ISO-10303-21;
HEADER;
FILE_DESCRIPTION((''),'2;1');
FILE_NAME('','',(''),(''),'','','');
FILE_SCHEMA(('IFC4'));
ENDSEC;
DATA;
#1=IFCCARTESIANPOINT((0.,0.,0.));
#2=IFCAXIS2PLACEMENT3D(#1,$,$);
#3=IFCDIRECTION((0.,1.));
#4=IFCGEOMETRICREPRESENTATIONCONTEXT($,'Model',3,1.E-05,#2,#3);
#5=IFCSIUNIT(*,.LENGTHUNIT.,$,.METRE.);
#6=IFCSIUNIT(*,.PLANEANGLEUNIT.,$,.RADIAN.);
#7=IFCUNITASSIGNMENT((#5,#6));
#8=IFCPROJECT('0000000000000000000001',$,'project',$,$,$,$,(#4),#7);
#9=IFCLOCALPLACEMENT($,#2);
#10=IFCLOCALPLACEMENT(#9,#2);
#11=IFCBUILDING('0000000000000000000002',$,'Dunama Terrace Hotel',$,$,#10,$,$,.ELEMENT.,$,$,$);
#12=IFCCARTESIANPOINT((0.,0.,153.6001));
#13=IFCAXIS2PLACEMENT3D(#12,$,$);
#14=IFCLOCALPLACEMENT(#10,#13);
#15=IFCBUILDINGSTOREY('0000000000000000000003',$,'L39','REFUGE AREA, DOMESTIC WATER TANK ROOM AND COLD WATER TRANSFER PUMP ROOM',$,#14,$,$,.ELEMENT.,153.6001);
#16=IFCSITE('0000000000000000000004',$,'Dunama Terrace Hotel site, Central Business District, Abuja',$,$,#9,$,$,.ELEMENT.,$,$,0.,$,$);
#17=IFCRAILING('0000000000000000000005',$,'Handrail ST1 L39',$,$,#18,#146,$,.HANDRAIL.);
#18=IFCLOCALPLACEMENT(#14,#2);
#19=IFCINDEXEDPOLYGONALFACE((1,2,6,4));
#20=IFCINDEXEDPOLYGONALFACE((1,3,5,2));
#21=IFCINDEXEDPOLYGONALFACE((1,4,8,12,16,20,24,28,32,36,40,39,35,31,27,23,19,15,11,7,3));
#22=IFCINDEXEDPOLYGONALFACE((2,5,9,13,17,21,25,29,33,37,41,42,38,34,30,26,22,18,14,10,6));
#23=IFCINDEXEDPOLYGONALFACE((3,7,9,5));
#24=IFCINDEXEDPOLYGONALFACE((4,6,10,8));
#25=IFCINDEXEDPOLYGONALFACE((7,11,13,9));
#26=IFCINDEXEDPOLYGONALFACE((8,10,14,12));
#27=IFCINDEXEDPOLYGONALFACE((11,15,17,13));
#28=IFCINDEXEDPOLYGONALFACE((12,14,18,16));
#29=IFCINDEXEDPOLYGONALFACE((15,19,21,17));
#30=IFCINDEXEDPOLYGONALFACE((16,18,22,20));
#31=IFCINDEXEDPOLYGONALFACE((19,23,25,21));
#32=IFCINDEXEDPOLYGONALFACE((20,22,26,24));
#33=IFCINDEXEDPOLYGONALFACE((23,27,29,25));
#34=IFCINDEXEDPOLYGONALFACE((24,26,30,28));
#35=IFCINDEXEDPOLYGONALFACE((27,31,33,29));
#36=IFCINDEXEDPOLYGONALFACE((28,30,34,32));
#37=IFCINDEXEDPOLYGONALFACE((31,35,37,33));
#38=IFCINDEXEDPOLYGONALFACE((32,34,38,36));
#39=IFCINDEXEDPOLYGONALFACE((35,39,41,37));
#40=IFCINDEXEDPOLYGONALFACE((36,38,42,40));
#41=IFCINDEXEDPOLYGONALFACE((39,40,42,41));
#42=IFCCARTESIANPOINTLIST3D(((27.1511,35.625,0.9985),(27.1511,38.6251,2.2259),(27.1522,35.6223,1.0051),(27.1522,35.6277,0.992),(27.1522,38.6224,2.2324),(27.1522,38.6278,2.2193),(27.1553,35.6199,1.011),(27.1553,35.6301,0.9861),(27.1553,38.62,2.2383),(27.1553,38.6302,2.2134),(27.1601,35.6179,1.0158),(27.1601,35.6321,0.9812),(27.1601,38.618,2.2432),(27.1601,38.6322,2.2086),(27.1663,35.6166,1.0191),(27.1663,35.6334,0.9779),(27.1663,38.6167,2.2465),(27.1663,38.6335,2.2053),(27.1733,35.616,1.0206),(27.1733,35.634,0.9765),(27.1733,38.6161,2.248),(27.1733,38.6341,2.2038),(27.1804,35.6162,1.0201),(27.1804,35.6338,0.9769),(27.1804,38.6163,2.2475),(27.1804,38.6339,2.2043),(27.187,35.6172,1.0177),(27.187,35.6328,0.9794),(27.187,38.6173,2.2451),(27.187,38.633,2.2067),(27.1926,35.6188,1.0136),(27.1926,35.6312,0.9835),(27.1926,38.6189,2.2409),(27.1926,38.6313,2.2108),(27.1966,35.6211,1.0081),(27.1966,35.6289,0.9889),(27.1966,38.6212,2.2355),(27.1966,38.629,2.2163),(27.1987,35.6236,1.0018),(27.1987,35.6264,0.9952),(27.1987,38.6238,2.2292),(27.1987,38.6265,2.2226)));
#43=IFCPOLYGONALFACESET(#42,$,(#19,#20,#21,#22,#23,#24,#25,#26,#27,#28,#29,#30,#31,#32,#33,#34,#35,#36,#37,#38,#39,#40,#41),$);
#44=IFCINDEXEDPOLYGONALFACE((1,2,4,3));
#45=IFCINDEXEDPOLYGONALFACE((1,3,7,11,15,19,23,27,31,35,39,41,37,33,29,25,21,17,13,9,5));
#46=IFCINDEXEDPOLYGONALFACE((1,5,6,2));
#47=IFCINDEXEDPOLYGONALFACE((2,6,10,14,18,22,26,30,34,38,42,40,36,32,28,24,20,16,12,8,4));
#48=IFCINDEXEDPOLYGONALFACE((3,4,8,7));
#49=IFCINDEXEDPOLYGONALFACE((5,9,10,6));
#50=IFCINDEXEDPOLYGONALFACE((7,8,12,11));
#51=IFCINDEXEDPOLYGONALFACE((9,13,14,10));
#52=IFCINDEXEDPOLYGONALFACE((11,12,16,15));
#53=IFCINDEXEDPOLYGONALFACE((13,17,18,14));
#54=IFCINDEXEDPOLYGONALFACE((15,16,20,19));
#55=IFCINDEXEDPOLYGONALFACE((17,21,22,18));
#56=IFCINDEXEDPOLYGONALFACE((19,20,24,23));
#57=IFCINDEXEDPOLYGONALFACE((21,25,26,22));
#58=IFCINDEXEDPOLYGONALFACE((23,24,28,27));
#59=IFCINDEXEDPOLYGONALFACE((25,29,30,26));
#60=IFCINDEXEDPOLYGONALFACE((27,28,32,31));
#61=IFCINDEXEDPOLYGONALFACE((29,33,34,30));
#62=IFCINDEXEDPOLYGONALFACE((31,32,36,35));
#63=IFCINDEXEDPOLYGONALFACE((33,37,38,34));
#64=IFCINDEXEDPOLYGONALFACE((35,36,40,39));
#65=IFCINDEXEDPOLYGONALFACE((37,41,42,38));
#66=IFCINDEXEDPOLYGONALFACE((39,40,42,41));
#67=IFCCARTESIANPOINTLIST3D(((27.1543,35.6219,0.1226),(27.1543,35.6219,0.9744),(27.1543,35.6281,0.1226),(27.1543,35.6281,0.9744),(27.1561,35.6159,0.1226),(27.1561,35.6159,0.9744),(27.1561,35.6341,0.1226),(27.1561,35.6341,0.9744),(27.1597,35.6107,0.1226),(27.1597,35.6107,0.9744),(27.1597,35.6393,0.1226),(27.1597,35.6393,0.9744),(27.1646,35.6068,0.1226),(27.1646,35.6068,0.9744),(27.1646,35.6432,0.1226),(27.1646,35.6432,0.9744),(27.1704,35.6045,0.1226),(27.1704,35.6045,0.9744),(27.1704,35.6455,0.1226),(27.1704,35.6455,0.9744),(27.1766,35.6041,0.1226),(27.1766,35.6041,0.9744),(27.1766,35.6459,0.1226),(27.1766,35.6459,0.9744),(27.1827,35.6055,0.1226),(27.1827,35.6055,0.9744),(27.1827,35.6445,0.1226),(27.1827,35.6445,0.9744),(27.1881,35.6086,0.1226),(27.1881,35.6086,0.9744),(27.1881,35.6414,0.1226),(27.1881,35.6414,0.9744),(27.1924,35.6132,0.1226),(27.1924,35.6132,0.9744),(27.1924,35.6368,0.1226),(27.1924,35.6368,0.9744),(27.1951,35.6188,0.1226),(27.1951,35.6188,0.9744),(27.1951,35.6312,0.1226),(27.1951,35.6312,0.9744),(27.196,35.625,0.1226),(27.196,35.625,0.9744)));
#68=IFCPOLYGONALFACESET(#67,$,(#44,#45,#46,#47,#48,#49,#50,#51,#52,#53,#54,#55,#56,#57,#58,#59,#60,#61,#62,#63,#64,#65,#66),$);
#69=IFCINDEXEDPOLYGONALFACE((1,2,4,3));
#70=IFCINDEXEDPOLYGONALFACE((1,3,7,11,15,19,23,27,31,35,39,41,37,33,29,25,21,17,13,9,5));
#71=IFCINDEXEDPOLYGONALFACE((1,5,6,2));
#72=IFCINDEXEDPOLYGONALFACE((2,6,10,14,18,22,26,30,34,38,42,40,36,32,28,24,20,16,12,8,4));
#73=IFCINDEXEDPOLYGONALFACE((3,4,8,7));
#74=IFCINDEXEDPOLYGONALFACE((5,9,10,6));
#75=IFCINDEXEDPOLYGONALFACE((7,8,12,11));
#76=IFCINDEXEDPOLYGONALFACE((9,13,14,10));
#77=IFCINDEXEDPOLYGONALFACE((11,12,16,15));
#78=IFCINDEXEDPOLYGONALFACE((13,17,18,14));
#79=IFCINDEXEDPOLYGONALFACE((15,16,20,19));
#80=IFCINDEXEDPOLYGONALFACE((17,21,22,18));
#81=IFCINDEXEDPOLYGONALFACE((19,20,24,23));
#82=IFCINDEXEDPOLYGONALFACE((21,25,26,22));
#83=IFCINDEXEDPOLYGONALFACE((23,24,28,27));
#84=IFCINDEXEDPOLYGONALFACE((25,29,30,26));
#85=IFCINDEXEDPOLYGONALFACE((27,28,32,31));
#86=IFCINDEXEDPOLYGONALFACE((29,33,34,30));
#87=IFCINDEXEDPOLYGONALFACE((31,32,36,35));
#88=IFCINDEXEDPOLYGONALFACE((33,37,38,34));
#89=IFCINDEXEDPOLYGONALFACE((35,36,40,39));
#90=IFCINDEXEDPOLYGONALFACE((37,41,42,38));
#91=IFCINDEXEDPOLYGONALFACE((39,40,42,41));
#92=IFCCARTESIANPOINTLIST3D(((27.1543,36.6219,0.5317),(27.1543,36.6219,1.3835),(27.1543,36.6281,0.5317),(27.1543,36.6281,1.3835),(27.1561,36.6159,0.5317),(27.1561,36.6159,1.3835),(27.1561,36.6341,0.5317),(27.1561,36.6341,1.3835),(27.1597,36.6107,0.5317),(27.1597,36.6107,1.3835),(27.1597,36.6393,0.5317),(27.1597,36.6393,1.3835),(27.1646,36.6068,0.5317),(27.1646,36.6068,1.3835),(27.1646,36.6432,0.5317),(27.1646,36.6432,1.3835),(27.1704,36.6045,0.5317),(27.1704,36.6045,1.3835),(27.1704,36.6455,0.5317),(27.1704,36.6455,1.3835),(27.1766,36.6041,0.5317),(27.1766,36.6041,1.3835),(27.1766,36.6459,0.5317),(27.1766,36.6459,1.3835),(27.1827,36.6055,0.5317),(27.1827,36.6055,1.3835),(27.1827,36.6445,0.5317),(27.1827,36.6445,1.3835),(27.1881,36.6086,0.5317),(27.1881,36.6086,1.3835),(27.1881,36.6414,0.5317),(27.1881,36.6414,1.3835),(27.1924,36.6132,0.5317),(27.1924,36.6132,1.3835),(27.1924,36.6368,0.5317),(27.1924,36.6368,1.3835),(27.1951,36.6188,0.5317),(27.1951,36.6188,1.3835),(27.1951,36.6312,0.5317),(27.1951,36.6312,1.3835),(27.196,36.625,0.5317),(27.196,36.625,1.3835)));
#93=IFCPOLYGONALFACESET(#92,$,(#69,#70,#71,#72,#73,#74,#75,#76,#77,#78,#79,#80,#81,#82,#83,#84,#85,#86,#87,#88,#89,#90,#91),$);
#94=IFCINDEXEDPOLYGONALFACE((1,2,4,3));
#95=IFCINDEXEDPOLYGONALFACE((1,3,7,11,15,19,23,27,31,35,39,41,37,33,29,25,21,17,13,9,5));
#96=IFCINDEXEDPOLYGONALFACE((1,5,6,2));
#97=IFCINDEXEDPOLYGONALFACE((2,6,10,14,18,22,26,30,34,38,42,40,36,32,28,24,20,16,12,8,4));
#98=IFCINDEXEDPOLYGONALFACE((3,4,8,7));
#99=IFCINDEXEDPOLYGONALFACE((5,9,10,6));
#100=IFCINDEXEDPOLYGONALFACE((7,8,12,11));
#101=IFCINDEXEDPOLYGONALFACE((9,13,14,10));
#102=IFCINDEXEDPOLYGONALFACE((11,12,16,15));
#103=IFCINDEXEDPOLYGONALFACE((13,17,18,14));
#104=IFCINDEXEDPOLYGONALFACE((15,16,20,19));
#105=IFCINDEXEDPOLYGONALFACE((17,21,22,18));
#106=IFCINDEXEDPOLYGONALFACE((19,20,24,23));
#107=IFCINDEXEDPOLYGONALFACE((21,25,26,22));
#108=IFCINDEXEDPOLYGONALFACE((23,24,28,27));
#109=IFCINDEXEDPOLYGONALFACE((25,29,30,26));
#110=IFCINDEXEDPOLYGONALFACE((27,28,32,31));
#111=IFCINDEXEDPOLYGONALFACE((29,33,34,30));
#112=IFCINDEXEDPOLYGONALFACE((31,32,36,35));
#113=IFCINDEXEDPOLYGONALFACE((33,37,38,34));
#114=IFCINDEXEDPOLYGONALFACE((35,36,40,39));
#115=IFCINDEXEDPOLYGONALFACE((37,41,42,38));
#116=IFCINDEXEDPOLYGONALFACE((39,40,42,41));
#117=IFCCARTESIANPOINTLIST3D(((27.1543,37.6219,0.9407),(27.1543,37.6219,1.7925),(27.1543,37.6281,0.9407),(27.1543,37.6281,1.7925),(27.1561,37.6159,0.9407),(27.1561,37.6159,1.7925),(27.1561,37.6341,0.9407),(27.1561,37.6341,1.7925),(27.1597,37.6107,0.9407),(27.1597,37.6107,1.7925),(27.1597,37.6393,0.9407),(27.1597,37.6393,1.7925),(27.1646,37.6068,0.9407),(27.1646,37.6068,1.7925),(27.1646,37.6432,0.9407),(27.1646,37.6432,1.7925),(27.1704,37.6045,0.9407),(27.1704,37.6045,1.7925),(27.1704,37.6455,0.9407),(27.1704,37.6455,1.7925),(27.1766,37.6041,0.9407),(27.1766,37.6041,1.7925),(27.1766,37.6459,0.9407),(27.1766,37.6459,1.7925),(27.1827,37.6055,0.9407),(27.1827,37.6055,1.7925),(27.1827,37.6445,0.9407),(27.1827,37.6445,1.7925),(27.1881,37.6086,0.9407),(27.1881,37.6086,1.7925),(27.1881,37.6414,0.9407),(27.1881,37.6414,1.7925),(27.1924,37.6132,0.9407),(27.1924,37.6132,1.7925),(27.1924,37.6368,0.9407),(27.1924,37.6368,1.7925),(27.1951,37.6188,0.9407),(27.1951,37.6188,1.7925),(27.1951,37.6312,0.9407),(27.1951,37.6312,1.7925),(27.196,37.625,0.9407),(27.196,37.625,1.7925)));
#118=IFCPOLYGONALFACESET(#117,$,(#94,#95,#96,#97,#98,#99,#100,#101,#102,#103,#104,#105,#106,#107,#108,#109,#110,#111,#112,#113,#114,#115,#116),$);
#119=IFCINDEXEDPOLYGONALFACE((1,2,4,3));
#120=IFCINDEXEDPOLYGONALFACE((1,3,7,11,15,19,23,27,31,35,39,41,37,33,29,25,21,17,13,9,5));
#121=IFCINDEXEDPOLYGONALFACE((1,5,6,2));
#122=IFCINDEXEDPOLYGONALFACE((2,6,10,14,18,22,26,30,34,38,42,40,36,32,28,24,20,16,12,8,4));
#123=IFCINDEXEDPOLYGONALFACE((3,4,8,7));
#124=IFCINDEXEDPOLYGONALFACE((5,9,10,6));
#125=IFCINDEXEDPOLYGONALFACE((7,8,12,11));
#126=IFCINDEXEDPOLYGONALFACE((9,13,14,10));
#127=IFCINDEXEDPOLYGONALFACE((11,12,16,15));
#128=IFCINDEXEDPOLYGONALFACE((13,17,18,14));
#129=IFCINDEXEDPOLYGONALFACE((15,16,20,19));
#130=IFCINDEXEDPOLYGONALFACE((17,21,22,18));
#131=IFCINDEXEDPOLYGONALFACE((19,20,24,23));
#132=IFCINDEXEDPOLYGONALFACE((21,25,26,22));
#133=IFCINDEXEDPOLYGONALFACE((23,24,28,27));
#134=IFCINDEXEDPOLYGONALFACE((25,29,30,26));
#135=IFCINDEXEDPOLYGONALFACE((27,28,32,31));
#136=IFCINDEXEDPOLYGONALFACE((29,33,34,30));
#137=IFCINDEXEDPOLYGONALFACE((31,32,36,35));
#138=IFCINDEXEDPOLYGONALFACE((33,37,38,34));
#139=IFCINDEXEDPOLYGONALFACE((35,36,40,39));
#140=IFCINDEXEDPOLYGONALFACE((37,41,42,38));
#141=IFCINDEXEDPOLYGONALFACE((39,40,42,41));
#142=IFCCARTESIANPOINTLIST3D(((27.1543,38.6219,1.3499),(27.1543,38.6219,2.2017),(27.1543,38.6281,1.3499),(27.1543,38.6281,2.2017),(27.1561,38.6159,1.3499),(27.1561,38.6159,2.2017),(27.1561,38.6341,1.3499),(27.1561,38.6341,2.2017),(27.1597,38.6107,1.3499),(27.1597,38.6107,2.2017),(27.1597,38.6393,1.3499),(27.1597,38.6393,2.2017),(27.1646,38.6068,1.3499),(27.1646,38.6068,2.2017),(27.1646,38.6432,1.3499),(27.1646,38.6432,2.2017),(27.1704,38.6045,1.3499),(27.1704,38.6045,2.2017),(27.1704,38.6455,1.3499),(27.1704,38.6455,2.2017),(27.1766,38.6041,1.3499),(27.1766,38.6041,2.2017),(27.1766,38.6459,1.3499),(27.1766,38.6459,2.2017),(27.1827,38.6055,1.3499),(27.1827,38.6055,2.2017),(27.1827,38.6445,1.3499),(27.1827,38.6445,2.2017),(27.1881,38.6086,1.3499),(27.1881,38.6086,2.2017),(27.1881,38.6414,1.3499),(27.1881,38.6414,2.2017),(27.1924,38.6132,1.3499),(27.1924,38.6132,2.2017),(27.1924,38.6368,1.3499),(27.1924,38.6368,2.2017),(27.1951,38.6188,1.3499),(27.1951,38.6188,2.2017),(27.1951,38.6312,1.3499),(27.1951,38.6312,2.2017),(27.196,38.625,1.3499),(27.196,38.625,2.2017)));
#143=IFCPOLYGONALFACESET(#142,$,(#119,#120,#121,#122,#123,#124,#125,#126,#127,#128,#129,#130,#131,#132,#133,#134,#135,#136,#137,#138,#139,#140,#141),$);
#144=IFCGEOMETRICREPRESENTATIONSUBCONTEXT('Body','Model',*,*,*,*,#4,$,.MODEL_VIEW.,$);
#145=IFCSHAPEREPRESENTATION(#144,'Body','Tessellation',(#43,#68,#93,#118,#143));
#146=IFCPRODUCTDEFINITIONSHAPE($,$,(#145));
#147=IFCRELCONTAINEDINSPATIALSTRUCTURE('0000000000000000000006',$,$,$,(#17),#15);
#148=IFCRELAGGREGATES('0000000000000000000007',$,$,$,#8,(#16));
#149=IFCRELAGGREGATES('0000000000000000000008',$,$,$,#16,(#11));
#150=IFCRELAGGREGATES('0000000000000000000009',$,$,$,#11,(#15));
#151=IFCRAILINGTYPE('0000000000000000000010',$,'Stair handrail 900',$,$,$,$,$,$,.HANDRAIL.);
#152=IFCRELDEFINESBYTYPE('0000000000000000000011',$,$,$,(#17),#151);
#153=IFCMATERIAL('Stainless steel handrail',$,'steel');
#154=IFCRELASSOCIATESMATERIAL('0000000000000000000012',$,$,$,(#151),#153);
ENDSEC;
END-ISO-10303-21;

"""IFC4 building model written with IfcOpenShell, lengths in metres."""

from ifc_helpers import new_model, si_unit, direction, frame, origin, origin_2d, place, context, subcontext, project, spatial, circle, extrude, material, type_object, element, save


model = new_model("IFC4")

# Units and contexts
model_context = context("Model", 3, precision=1e-05, world=origin(), true_north=direction((0.0, 1.0)))
body_context = subcontext(model_context, "Body", "Model", "MODEL_VIEW")
ifc_project = project(units=[si_unit("LENGTHUNIT", "METRE"), si_unit("PLANEANGLEUNIT", "RADIAN")], contexts=[model_context])

# Site, building, storey
site_placement = place(None, origin())
site = spatial("IfcSite", under=ifc_project, at=site_placement, Name="Dunama Terrace Hotel site, Central Business District, Abuja", CompositionType="ELEMENT", RefElevation=0.0)
building_placement = place(site_placement, origin())
building = spatial("IfcBuilding", under=site, at=building_placement, Name="Dunama Terrace Hotel", CompositionType="ELEMENT")
storey_placement = place(building_placement, frame((0.0, 0.0, 153.6001)))
storey = spatial("IfcBuildingStorey", under=building, at=storey_placement, Name="L39", Description="REFUGE AREA, DOMESTIC WATER TANK ROOM AND COLD WATER TRANSFER PUMP ROOM", CompositionType="ELEMENT", Elevation=153.6001)

# Railing
ifc_material_1 = material(Name="Stainless steel handrail", Category="steel")
railing_type = type_object("IfcRailingType", Name="Stair handrail 900", PredefinedType="HANDRAIL", material=ifc_material_1)
railing_1_placement = place(storey_placement, frame((27.175, 35.625, 0.1226)))
element("IfcRailing", 1, at=railing_1_placement, inside=storey, type_object=railing_type, Name="Handrail ST1 L39", PredefinedType="HANDRAIL", context=body_context, shape_type="SweptSolid", body=[
    extrude(circle(Radius=0.0239, at=origin_2d()), frame((0.0, 0.0, 0.876), z_axis=(0.0, 0.925545, 0.378639), x_axis=(-1.0, 0.0, 0.0)), (0.0, 0.0, 1.0), 3.2415),
    extrude(circle(Radius=0.021, at=origin_2d()), origin(), (0.0, 0.0, 1.0), 0.8518),
    extrude(circle(Radius=0.021, at=origin_2d()), frame((0.0, 1.0, 0.4092)), (0.0, 0.0, 1.0), 0.8518),
    extrude(circle(Radius=0.021, at=origin_2d()), frame((0.0, 2.0, 0.8181)), (0.0, 0.0, 1.0), 0.8518),
    extrude(circle(Radius=0.021, at=origin_2d()), frame((0.0, 3.0, 1.2273)), (0.0, 0.0, 1.0), 0.8518),
])

save(model, "model.ifc")
